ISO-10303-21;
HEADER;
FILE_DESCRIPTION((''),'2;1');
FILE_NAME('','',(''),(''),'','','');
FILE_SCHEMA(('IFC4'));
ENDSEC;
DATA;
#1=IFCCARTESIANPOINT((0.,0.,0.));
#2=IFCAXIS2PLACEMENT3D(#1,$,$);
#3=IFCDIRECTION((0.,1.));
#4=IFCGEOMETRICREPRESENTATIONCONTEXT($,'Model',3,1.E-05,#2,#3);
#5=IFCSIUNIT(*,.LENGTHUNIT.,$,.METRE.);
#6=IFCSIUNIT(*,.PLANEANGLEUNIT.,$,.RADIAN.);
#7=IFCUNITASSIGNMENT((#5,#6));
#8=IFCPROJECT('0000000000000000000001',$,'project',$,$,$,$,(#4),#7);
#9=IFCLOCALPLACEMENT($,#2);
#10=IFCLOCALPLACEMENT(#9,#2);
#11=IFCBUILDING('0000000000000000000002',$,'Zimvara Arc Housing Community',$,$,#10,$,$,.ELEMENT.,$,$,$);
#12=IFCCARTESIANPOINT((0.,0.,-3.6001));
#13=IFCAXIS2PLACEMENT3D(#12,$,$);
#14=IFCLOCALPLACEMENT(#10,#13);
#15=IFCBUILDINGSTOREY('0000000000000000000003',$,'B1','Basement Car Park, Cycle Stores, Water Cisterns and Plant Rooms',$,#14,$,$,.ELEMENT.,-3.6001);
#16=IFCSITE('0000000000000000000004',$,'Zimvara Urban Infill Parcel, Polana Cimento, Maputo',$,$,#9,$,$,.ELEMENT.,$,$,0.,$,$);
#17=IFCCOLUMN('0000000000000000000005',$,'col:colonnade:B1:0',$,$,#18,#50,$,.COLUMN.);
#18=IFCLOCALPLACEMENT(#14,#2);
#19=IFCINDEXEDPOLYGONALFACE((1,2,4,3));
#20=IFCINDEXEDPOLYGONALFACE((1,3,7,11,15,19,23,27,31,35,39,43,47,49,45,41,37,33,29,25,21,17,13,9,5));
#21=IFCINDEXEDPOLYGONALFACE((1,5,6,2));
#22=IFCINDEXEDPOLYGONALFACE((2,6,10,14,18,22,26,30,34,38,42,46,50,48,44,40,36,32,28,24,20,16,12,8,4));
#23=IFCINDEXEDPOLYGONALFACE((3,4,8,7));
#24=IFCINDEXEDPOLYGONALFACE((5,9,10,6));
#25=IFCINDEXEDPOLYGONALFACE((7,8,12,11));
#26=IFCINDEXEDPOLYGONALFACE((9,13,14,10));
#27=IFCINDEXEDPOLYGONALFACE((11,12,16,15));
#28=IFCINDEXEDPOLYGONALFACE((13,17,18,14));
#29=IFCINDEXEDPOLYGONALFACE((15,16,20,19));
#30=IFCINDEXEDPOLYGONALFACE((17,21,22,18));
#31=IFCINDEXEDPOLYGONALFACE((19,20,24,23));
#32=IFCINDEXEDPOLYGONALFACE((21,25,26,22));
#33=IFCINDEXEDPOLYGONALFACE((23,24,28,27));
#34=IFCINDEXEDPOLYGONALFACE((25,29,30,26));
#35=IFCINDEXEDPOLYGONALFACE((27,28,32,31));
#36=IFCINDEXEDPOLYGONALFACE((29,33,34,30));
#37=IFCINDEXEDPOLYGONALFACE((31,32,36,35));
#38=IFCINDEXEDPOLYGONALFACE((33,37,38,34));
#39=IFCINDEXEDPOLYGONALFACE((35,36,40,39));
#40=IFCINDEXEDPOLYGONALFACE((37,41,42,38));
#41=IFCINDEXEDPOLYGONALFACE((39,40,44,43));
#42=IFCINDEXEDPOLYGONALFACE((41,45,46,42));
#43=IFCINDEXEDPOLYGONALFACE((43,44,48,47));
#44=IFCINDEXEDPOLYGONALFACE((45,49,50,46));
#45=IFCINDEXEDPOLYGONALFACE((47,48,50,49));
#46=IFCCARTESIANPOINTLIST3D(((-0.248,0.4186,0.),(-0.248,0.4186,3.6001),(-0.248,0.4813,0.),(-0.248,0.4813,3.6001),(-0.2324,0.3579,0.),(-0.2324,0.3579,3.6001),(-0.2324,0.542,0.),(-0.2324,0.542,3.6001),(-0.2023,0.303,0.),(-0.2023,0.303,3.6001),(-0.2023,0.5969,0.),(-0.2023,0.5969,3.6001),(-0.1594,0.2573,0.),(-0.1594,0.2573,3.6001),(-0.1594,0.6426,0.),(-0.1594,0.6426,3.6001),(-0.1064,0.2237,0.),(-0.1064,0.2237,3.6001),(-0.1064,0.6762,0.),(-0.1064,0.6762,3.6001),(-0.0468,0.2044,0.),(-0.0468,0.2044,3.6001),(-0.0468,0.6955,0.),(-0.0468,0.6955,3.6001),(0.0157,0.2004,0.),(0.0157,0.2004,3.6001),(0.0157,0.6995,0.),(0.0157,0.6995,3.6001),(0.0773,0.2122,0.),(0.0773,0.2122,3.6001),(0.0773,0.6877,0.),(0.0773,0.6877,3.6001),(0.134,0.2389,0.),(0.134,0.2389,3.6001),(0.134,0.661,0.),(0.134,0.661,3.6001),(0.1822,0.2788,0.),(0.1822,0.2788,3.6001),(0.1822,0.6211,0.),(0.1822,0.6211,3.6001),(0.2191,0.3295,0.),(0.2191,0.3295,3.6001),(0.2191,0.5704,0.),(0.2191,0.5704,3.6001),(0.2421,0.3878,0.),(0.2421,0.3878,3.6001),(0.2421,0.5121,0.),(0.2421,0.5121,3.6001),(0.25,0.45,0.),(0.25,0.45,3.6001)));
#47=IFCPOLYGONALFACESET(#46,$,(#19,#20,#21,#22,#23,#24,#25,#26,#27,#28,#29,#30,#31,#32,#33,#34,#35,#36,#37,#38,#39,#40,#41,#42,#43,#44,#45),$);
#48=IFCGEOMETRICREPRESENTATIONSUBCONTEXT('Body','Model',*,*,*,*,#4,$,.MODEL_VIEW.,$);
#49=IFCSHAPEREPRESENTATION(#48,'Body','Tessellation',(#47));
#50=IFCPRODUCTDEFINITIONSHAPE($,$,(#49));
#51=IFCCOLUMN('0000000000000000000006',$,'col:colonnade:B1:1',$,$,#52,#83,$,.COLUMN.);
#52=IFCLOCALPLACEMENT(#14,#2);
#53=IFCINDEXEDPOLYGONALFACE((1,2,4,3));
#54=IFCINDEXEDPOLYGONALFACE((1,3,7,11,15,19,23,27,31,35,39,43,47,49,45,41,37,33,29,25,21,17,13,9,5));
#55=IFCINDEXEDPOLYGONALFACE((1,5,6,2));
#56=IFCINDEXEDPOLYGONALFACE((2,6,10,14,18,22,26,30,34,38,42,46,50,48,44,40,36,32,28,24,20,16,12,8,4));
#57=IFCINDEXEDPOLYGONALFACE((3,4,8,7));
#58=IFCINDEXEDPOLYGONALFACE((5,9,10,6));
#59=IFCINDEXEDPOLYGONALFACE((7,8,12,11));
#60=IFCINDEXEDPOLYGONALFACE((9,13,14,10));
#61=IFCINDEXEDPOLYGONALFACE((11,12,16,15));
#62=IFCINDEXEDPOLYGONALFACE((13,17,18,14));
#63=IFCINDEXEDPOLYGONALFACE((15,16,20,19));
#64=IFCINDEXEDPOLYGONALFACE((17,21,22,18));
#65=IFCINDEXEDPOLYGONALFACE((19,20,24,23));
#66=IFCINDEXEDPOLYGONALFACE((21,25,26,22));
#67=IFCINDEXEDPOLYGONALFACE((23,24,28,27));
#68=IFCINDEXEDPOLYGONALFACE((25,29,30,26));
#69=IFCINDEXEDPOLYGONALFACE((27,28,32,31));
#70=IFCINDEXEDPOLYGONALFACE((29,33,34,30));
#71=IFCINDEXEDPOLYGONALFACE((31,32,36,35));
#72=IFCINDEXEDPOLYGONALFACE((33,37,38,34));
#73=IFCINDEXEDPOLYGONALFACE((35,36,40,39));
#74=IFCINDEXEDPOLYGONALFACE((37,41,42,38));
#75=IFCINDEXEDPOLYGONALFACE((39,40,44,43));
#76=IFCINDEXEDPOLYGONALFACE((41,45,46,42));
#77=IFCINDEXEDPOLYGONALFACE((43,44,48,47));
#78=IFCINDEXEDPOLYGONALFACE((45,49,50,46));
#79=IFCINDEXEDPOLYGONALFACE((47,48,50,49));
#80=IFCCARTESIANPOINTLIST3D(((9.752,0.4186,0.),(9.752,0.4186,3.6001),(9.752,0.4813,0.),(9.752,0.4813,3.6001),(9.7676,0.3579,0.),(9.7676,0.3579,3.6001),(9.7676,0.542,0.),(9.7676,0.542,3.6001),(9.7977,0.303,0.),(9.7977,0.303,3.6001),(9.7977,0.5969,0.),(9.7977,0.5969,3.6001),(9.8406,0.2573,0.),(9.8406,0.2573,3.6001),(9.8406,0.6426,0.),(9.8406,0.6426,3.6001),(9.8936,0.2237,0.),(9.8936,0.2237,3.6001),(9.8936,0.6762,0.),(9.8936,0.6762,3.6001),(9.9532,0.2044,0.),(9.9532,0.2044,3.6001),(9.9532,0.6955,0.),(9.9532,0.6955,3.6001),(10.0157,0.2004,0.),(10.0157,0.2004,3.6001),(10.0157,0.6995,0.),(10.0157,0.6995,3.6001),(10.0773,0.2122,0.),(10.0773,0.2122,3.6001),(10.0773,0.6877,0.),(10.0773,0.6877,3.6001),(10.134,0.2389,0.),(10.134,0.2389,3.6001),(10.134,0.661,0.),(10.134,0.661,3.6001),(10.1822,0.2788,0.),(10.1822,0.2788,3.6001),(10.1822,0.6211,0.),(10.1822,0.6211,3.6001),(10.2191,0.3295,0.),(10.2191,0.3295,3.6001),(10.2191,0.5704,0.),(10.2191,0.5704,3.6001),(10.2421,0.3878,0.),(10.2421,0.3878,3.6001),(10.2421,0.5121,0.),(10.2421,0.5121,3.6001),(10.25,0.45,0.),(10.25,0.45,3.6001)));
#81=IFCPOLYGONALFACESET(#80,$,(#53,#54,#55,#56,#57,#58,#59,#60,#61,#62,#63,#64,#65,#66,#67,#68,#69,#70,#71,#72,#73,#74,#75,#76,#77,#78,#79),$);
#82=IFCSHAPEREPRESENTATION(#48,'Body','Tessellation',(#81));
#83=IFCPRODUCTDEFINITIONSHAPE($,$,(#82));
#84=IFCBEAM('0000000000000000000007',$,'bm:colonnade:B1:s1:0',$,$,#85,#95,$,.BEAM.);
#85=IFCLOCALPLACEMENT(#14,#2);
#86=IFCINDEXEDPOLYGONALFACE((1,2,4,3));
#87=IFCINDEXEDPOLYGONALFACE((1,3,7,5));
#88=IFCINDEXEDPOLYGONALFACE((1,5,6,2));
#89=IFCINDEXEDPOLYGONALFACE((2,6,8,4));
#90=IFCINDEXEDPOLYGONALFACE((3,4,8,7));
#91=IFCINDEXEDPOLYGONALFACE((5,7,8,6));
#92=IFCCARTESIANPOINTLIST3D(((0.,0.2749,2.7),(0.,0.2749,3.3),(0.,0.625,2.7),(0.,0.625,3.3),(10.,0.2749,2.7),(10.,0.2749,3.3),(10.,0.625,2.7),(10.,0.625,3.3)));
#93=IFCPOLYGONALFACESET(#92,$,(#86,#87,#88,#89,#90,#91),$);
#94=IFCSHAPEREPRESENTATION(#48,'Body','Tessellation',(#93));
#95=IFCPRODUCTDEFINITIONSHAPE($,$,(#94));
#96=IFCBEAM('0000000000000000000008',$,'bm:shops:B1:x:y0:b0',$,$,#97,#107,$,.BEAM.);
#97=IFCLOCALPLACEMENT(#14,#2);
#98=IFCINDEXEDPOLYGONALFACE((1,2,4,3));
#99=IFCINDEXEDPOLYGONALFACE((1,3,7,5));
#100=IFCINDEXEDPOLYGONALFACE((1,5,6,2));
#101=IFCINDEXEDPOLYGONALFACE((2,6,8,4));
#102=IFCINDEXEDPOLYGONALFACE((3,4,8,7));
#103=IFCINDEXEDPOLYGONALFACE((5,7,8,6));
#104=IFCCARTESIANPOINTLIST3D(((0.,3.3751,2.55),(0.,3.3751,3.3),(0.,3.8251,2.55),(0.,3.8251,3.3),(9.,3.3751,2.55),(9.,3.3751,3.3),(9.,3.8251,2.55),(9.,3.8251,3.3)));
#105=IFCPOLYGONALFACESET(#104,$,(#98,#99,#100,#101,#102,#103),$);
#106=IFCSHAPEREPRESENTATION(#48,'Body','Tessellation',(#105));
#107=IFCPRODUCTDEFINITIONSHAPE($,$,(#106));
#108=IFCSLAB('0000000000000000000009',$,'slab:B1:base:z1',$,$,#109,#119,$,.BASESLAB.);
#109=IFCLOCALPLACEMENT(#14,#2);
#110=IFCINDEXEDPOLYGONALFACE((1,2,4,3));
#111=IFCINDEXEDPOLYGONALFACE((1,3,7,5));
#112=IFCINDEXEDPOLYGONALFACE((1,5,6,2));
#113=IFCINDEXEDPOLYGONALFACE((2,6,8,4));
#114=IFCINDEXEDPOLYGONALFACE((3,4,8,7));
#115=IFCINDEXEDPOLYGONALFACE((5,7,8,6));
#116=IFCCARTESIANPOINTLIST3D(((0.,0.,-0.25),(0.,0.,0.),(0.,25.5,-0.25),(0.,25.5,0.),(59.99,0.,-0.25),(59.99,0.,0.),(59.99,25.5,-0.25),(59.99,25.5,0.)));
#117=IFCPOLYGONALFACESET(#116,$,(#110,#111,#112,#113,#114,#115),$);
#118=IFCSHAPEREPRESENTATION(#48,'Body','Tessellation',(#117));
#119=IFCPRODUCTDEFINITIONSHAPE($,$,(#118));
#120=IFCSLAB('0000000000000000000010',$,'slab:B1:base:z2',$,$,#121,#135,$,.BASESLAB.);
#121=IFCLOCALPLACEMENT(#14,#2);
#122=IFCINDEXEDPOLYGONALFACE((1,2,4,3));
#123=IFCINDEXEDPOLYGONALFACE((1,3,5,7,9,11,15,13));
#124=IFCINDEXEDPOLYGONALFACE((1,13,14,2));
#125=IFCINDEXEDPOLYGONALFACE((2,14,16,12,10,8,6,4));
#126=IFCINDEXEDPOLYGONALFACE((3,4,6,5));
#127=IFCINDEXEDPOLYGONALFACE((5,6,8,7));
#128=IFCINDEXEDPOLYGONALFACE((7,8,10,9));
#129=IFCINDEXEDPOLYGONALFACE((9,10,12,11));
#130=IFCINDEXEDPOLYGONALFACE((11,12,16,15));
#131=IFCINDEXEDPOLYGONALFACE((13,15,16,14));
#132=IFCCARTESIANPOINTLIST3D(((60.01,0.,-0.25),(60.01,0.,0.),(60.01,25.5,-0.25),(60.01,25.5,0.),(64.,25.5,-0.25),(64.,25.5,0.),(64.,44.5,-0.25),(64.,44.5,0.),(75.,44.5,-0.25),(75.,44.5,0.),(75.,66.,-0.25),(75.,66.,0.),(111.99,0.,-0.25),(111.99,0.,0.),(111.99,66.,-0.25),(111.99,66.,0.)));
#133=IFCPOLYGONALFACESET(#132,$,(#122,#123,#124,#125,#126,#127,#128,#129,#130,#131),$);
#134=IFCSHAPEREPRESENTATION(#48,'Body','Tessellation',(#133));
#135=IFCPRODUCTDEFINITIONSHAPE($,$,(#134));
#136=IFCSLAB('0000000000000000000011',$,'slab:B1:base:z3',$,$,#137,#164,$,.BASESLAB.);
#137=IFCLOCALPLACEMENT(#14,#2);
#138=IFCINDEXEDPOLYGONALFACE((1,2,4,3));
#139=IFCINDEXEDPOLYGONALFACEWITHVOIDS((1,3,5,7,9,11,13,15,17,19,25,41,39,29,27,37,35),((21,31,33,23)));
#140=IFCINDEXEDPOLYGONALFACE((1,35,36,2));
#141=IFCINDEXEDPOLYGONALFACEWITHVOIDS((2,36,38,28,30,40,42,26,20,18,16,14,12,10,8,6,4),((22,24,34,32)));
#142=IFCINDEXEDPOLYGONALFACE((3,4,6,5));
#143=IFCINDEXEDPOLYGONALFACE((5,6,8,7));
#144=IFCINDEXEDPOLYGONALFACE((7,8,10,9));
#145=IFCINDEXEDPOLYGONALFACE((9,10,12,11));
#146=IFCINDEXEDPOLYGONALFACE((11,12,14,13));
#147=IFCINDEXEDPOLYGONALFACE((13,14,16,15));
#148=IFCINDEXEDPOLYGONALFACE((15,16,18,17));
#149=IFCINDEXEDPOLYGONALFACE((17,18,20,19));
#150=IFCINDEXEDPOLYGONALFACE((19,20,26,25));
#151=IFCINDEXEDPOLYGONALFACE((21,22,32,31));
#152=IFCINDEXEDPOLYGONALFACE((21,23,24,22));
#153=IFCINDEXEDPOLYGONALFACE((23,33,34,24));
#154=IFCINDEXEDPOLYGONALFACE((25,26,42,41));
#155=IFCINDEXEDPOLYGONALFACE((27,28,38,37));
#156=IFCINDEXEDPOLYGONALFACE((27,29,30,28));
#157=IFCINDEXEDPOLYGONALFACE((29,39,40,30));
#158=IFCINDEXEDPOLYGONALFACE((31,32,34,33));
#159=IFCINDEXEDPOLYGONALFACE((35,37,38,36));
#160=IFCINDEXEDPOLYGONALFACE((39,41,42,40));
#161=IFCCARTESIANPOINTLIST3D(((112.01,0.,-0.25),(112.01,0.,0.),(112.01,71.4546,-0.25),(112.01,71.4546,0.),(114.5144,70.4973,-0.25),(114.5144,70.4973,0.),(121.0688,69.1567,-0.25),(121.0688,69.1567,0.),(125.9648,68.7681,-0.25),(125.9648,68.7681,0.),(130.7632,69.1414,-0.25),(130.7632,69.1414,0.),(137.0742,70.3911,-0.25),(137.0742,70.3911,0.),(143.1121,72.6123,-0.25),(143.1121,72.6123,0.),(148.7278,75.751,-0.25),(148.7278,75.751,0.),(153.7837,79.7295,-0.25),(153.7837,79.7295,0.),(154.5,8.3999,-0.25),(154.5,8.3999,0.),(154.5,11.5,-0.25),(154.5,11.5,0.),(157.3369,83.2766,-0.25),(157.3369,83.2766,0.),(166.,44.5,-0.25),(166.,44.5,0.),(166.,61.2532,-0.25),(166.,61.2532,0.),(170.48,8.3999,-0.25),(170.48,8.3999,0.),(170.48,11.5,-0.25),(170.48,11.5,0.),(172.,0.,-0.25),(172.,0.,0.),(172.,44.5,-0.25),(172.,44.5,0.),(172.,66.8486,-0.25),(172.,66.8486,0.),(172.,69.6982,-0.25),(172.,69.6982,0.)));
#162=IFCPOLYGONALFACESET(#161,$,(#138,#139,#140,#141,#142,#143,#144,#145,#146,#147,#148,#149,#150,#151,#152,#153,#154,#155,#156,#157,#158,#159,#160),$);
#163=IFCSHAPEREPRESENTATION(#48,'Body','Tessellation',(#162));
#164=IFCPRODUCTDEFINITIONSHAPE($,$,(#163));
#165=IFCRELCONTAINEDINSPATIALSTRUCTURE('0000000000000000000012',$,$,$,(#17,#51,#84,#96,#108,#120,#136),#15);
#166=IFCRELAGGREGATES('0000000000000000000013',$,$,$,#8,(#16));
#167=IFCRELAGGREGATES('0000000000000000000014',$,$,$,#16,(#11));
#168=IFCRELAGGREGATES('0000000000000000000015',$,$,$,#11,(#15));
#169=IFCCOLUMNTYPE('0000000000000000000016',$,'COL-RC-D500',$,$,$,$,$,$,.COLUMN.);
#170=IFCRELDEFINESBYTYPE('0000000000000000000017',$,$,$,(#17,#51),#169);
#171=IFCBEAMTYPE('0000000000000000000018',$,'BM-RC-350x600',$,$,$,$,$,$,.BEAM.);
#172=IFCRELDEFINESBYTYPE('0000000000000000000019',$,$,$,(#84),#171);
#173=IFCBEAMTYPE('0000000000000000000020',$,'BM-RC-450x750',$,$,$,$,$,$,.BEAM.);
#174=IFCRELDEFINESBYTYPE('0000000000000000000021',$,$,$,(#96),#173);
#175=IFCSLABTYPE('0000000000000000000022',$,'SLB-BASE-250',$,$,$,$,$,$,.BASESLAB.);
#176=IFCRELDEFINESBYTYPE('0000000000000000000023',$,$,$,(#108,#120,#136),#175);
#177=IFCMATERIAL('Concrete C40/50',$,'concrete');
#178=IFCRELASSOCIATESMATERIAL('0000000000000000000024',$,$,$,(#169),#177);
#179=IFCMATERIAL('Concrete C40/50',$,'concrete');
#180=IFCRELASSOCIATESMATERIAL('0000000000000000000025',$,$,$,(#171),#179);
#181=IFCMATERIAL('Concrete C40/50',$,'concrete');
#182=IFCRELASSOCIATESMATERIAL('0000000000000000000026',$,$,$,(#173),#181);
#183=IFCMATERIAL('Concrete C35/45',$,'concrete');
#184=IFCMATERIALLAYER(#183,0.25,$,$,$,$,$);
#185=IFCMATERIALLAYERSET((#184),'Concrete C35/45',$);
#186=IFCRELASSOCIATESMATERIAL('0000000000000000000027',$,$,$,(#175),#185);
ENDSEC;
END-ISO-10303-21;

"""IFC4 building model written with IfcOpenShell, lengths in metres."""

from ifc_helpers import new_model, si_unit, direction, frame, origin, origin_2d, place, context, subcontext, project, spatial, polyline, rectangle, circle, outline, extrude, material, layer, layer_set, material_profile, profile_set, type_object, element, save


model = new_model("IFC4")

# Units and contexts
model_context = context("Model", 3, precision=1e-05, world=origin(), true_north=direction((0.0, 1.0)))
body_context = subcontext(model_context, "Body", "Model", "MODEL_VIEW")
ifc_project = project(units=[si_unit("LENGTHUNIT", "METRE"), si_unit("PLANEANGLEUNIT", "RADIAN")], contexts=[model_context])

# Site, building, storey
site_placement = place(None, origin())
site = spatial("IfcSite", under=ifc_project, at=site_placement, Name="Zimvara Urban Infill Parcel, Polana Cimento, Maputo", CompositionType="ELEMENT", RefElevation=0.0)
building_placement = place(site_placement, origin())
building = spatial("IfcBuilding", under=site, at=building_placement, Name="Zimvara Arc Housing Community", CompositionType="ELEMENT")
storey_placement = place(building_placement, frame((0.0, 0.0, -3.6001)))
storey = spatial("IfcBuildingStorey", under=building, at=storey_placement, Name="B1", Description="Basement Car Park, Cycle Stores, Water Cisterns and Plant Rooms", CompositionType="ELEMENT", Elevation=-3.6001)

# Columns
ifc_material_1 = material(Name="Concrete C40/50", Category="concrete")
ifc_material_profile_1 = material_profile(ifc_material_1, circle(Radius=0.25, at=origin_2d()), Name="RC D500")
ifc_profile_set_1 = profile_set([ifc_material_profile_1], Name="Concrete C40/50")
column_type_1 = type_object("IfcColumnType", Name="COL-RC-D500", PredefinedType="COLUMN", material=ifc_profile_set_1)
for number, where, z_axis, x_axis, name in (
    (1, (0.0, 0.45, 0.0), (0.0, 0.0, 1.0), (1.0, 0.0, 0.0), "col:colonnade:B1:0"),
    (2, (10.0, 0.45, 0.0), (0.0, 0.0, 1.0), (1.0, 0.0, 0.0), "col:colonnade:B1:1"),
):
    element("IfcColumn", number, at=place(storey_placement, frame(where, z_axis=z_axis, x_axis=x_axis)), inside=storey, type_object=column_type_1, Name=name, PredefinedType="COLUMN", context=body_context, shape_type="SweptSolid", body=[
        extrude(circle(Radius=0.25, at=origin_2d()), origin(), (0.0, 0.0, 1.0), 3.6001),
    ])

# Beams
ifc_material_2 = material(Name="Concrete C40/50", Category="concrete")
ifc_material_profile_2 = material_profile(ifc_material_2, rectangle(XDim=0.3501, YDim=0.6001, at=origin_2d()), Name="RC 350x600")
ifc_profile_set_2 = profile_set([ifc_material_profile_2], Name="Concrete C40/50")
beam_type_1 = type_object("IfcBeamType", Name="BM-RC-350x600", PredefinedType="BEAM", material=ifc_profile_set_2)
beam_1_placement = place(storey_placement, frame((0.0, 0.45, 3.0), z_axis=(1.0, 0.0, 0.0), x_axis=(0.0, 1.0, 0.0)))
element("IfcBeam", 3, at=beam_1_placement, inside=storey, type_object=beam_type_1, Name="bm:colonnade:B1:s1:0", PredefinedType="BEAM", context=body_context, shape_type="SweptSolid", body=[
    extrude(rectangle(XDim=0.3501, YDim=0.6001, at=origin_2d()), origin(), (0.0, 0.0, 1.0), 10.0),
])
ifc_material_3 = material(Name="Concrete C40/50", Category="concrete")
ifc_material_profile_3 = material_profile(ifc_material_3, rectangle(XDim=0.45, YDim=0.75, at=origin_2d()), Name="RC 450x750")
ifc_profile_set_3 = profile_set([ifc_material_profile_3], Name="Concrete C40/50")
beam_type_2 = type_object("IfcBeamType", Name="BM-RC-450x750", PredefinedType="BEAM", material=ifc_profile_set_3)
beam_2_placement = place(storey_placement, frame((0.0, 3.6001, 2.925), z_axis=(1.0, 0.0, 0.0), x_axis=(0.0, 1.0, 0.0)))
element("IfcBeam", 4, at=beam_2_placement, inside=storey, type_object=beam_type_2, Name="bm:shops:B1:x:y0:b0", PredefinedType="BEAM", context=body_context, shape_type="SweptSolid", body=[
    extrude(rectangle(XDim=0.45, YDim=0.75, at=origin_2d()), origin(), (0.0, 0.0, 1.0), 9.0),
])

# Slabs
ifc_material_4 = material(Name="Concrete C35/45", Category="concrete")
ifc_layer_1 = layer(ifc_material_4, 0.25)
ifc_layer_set_1 = layer_set([ifc_layer_1], Name="Concrete C35/45")
slab_type_1 = type_object("IfcSlabType", Name="SLB-BASE-250", PredefinedType="BASESLAB", material=ifc_layer_set_1)
slab_1_placement = place(storey_placement, frame((0.0, 0.0, -0.25)))
element("IfcSlab", 5, at=slab_1_placement, inside=storey, type_object=slab_type_1, Name="slab:B1:base:z1", PredefinedType="BASESLAB", context=body_context, shape_type="SweptSolid", body=[
    extrude(outline(polyline([(59.99, 0.0), (59.99, 25.5), (0.0, 25.5), (0.0, 0.0), (59.99, 0.0)])), origin(), (0.0, 0.0, 1.0), 0.25),
])
slab_2_placement = place(storey_placement, frame((0.0, 0.0, -0.25)))
element("IfcSlab", 6, at=slab_2_placement, inside=storey, type_object=slab_type_1, Name="slab:B1:base:z2", PredefinedType="BASESLAB", context=body_context, shape_type="SweptSolid", body=[
    extrude(outline(polyline([(64.0, 44.5), (64.0, 25.5), (60.01, 25.5), (60.01, 0.0), (111.99, 0.0), (111.99, 66.0), (75.0, 66.0), (75.0, 44.5), (64.0, 44.5)])), origin(), (0.0, 0.0, 1.0), 0.25),
])
slab_3_placement = place(storey_placement, frame((0.0, 0.0, -0.25)))
element("IfcSlab", 7, at=slab_3_placement, inside=storey, type_object=slab_type_1, Name="slab:B1:base:z3", PredefinedType="BASESLAB", context=body_context, shape_type="SweptSolid", body=[
    extrude(outline(polyline([(112.01, 71.4546), (112.01, 0.0), (172.0, 0.0), (172.0, 44.5), (166.0, 44.5), (166.0, 61.2532), (172.0, 66.8486), (172.0, 69.6982), (157.3369, 83.2766), (153.7837, 79.7295), (148.7278, 75.751), (143.1121, 72.6123), (137.0742, 70.3911), (130.7632, 69.1414), (125.9648, 68.7681), (121.0688, 69.1567), (114.5144, 70.4973), (112.01, 71.4546)]), holes=[polyline([(170.48, 11.5), (170.48, 8.3999), (154.5, 8.3999), (154.5, 11.5), (170.48, 11.5)])]), origin(), (0.0, 0.0, 1.0), 0.25),
])

save(model, "model.ifc")
